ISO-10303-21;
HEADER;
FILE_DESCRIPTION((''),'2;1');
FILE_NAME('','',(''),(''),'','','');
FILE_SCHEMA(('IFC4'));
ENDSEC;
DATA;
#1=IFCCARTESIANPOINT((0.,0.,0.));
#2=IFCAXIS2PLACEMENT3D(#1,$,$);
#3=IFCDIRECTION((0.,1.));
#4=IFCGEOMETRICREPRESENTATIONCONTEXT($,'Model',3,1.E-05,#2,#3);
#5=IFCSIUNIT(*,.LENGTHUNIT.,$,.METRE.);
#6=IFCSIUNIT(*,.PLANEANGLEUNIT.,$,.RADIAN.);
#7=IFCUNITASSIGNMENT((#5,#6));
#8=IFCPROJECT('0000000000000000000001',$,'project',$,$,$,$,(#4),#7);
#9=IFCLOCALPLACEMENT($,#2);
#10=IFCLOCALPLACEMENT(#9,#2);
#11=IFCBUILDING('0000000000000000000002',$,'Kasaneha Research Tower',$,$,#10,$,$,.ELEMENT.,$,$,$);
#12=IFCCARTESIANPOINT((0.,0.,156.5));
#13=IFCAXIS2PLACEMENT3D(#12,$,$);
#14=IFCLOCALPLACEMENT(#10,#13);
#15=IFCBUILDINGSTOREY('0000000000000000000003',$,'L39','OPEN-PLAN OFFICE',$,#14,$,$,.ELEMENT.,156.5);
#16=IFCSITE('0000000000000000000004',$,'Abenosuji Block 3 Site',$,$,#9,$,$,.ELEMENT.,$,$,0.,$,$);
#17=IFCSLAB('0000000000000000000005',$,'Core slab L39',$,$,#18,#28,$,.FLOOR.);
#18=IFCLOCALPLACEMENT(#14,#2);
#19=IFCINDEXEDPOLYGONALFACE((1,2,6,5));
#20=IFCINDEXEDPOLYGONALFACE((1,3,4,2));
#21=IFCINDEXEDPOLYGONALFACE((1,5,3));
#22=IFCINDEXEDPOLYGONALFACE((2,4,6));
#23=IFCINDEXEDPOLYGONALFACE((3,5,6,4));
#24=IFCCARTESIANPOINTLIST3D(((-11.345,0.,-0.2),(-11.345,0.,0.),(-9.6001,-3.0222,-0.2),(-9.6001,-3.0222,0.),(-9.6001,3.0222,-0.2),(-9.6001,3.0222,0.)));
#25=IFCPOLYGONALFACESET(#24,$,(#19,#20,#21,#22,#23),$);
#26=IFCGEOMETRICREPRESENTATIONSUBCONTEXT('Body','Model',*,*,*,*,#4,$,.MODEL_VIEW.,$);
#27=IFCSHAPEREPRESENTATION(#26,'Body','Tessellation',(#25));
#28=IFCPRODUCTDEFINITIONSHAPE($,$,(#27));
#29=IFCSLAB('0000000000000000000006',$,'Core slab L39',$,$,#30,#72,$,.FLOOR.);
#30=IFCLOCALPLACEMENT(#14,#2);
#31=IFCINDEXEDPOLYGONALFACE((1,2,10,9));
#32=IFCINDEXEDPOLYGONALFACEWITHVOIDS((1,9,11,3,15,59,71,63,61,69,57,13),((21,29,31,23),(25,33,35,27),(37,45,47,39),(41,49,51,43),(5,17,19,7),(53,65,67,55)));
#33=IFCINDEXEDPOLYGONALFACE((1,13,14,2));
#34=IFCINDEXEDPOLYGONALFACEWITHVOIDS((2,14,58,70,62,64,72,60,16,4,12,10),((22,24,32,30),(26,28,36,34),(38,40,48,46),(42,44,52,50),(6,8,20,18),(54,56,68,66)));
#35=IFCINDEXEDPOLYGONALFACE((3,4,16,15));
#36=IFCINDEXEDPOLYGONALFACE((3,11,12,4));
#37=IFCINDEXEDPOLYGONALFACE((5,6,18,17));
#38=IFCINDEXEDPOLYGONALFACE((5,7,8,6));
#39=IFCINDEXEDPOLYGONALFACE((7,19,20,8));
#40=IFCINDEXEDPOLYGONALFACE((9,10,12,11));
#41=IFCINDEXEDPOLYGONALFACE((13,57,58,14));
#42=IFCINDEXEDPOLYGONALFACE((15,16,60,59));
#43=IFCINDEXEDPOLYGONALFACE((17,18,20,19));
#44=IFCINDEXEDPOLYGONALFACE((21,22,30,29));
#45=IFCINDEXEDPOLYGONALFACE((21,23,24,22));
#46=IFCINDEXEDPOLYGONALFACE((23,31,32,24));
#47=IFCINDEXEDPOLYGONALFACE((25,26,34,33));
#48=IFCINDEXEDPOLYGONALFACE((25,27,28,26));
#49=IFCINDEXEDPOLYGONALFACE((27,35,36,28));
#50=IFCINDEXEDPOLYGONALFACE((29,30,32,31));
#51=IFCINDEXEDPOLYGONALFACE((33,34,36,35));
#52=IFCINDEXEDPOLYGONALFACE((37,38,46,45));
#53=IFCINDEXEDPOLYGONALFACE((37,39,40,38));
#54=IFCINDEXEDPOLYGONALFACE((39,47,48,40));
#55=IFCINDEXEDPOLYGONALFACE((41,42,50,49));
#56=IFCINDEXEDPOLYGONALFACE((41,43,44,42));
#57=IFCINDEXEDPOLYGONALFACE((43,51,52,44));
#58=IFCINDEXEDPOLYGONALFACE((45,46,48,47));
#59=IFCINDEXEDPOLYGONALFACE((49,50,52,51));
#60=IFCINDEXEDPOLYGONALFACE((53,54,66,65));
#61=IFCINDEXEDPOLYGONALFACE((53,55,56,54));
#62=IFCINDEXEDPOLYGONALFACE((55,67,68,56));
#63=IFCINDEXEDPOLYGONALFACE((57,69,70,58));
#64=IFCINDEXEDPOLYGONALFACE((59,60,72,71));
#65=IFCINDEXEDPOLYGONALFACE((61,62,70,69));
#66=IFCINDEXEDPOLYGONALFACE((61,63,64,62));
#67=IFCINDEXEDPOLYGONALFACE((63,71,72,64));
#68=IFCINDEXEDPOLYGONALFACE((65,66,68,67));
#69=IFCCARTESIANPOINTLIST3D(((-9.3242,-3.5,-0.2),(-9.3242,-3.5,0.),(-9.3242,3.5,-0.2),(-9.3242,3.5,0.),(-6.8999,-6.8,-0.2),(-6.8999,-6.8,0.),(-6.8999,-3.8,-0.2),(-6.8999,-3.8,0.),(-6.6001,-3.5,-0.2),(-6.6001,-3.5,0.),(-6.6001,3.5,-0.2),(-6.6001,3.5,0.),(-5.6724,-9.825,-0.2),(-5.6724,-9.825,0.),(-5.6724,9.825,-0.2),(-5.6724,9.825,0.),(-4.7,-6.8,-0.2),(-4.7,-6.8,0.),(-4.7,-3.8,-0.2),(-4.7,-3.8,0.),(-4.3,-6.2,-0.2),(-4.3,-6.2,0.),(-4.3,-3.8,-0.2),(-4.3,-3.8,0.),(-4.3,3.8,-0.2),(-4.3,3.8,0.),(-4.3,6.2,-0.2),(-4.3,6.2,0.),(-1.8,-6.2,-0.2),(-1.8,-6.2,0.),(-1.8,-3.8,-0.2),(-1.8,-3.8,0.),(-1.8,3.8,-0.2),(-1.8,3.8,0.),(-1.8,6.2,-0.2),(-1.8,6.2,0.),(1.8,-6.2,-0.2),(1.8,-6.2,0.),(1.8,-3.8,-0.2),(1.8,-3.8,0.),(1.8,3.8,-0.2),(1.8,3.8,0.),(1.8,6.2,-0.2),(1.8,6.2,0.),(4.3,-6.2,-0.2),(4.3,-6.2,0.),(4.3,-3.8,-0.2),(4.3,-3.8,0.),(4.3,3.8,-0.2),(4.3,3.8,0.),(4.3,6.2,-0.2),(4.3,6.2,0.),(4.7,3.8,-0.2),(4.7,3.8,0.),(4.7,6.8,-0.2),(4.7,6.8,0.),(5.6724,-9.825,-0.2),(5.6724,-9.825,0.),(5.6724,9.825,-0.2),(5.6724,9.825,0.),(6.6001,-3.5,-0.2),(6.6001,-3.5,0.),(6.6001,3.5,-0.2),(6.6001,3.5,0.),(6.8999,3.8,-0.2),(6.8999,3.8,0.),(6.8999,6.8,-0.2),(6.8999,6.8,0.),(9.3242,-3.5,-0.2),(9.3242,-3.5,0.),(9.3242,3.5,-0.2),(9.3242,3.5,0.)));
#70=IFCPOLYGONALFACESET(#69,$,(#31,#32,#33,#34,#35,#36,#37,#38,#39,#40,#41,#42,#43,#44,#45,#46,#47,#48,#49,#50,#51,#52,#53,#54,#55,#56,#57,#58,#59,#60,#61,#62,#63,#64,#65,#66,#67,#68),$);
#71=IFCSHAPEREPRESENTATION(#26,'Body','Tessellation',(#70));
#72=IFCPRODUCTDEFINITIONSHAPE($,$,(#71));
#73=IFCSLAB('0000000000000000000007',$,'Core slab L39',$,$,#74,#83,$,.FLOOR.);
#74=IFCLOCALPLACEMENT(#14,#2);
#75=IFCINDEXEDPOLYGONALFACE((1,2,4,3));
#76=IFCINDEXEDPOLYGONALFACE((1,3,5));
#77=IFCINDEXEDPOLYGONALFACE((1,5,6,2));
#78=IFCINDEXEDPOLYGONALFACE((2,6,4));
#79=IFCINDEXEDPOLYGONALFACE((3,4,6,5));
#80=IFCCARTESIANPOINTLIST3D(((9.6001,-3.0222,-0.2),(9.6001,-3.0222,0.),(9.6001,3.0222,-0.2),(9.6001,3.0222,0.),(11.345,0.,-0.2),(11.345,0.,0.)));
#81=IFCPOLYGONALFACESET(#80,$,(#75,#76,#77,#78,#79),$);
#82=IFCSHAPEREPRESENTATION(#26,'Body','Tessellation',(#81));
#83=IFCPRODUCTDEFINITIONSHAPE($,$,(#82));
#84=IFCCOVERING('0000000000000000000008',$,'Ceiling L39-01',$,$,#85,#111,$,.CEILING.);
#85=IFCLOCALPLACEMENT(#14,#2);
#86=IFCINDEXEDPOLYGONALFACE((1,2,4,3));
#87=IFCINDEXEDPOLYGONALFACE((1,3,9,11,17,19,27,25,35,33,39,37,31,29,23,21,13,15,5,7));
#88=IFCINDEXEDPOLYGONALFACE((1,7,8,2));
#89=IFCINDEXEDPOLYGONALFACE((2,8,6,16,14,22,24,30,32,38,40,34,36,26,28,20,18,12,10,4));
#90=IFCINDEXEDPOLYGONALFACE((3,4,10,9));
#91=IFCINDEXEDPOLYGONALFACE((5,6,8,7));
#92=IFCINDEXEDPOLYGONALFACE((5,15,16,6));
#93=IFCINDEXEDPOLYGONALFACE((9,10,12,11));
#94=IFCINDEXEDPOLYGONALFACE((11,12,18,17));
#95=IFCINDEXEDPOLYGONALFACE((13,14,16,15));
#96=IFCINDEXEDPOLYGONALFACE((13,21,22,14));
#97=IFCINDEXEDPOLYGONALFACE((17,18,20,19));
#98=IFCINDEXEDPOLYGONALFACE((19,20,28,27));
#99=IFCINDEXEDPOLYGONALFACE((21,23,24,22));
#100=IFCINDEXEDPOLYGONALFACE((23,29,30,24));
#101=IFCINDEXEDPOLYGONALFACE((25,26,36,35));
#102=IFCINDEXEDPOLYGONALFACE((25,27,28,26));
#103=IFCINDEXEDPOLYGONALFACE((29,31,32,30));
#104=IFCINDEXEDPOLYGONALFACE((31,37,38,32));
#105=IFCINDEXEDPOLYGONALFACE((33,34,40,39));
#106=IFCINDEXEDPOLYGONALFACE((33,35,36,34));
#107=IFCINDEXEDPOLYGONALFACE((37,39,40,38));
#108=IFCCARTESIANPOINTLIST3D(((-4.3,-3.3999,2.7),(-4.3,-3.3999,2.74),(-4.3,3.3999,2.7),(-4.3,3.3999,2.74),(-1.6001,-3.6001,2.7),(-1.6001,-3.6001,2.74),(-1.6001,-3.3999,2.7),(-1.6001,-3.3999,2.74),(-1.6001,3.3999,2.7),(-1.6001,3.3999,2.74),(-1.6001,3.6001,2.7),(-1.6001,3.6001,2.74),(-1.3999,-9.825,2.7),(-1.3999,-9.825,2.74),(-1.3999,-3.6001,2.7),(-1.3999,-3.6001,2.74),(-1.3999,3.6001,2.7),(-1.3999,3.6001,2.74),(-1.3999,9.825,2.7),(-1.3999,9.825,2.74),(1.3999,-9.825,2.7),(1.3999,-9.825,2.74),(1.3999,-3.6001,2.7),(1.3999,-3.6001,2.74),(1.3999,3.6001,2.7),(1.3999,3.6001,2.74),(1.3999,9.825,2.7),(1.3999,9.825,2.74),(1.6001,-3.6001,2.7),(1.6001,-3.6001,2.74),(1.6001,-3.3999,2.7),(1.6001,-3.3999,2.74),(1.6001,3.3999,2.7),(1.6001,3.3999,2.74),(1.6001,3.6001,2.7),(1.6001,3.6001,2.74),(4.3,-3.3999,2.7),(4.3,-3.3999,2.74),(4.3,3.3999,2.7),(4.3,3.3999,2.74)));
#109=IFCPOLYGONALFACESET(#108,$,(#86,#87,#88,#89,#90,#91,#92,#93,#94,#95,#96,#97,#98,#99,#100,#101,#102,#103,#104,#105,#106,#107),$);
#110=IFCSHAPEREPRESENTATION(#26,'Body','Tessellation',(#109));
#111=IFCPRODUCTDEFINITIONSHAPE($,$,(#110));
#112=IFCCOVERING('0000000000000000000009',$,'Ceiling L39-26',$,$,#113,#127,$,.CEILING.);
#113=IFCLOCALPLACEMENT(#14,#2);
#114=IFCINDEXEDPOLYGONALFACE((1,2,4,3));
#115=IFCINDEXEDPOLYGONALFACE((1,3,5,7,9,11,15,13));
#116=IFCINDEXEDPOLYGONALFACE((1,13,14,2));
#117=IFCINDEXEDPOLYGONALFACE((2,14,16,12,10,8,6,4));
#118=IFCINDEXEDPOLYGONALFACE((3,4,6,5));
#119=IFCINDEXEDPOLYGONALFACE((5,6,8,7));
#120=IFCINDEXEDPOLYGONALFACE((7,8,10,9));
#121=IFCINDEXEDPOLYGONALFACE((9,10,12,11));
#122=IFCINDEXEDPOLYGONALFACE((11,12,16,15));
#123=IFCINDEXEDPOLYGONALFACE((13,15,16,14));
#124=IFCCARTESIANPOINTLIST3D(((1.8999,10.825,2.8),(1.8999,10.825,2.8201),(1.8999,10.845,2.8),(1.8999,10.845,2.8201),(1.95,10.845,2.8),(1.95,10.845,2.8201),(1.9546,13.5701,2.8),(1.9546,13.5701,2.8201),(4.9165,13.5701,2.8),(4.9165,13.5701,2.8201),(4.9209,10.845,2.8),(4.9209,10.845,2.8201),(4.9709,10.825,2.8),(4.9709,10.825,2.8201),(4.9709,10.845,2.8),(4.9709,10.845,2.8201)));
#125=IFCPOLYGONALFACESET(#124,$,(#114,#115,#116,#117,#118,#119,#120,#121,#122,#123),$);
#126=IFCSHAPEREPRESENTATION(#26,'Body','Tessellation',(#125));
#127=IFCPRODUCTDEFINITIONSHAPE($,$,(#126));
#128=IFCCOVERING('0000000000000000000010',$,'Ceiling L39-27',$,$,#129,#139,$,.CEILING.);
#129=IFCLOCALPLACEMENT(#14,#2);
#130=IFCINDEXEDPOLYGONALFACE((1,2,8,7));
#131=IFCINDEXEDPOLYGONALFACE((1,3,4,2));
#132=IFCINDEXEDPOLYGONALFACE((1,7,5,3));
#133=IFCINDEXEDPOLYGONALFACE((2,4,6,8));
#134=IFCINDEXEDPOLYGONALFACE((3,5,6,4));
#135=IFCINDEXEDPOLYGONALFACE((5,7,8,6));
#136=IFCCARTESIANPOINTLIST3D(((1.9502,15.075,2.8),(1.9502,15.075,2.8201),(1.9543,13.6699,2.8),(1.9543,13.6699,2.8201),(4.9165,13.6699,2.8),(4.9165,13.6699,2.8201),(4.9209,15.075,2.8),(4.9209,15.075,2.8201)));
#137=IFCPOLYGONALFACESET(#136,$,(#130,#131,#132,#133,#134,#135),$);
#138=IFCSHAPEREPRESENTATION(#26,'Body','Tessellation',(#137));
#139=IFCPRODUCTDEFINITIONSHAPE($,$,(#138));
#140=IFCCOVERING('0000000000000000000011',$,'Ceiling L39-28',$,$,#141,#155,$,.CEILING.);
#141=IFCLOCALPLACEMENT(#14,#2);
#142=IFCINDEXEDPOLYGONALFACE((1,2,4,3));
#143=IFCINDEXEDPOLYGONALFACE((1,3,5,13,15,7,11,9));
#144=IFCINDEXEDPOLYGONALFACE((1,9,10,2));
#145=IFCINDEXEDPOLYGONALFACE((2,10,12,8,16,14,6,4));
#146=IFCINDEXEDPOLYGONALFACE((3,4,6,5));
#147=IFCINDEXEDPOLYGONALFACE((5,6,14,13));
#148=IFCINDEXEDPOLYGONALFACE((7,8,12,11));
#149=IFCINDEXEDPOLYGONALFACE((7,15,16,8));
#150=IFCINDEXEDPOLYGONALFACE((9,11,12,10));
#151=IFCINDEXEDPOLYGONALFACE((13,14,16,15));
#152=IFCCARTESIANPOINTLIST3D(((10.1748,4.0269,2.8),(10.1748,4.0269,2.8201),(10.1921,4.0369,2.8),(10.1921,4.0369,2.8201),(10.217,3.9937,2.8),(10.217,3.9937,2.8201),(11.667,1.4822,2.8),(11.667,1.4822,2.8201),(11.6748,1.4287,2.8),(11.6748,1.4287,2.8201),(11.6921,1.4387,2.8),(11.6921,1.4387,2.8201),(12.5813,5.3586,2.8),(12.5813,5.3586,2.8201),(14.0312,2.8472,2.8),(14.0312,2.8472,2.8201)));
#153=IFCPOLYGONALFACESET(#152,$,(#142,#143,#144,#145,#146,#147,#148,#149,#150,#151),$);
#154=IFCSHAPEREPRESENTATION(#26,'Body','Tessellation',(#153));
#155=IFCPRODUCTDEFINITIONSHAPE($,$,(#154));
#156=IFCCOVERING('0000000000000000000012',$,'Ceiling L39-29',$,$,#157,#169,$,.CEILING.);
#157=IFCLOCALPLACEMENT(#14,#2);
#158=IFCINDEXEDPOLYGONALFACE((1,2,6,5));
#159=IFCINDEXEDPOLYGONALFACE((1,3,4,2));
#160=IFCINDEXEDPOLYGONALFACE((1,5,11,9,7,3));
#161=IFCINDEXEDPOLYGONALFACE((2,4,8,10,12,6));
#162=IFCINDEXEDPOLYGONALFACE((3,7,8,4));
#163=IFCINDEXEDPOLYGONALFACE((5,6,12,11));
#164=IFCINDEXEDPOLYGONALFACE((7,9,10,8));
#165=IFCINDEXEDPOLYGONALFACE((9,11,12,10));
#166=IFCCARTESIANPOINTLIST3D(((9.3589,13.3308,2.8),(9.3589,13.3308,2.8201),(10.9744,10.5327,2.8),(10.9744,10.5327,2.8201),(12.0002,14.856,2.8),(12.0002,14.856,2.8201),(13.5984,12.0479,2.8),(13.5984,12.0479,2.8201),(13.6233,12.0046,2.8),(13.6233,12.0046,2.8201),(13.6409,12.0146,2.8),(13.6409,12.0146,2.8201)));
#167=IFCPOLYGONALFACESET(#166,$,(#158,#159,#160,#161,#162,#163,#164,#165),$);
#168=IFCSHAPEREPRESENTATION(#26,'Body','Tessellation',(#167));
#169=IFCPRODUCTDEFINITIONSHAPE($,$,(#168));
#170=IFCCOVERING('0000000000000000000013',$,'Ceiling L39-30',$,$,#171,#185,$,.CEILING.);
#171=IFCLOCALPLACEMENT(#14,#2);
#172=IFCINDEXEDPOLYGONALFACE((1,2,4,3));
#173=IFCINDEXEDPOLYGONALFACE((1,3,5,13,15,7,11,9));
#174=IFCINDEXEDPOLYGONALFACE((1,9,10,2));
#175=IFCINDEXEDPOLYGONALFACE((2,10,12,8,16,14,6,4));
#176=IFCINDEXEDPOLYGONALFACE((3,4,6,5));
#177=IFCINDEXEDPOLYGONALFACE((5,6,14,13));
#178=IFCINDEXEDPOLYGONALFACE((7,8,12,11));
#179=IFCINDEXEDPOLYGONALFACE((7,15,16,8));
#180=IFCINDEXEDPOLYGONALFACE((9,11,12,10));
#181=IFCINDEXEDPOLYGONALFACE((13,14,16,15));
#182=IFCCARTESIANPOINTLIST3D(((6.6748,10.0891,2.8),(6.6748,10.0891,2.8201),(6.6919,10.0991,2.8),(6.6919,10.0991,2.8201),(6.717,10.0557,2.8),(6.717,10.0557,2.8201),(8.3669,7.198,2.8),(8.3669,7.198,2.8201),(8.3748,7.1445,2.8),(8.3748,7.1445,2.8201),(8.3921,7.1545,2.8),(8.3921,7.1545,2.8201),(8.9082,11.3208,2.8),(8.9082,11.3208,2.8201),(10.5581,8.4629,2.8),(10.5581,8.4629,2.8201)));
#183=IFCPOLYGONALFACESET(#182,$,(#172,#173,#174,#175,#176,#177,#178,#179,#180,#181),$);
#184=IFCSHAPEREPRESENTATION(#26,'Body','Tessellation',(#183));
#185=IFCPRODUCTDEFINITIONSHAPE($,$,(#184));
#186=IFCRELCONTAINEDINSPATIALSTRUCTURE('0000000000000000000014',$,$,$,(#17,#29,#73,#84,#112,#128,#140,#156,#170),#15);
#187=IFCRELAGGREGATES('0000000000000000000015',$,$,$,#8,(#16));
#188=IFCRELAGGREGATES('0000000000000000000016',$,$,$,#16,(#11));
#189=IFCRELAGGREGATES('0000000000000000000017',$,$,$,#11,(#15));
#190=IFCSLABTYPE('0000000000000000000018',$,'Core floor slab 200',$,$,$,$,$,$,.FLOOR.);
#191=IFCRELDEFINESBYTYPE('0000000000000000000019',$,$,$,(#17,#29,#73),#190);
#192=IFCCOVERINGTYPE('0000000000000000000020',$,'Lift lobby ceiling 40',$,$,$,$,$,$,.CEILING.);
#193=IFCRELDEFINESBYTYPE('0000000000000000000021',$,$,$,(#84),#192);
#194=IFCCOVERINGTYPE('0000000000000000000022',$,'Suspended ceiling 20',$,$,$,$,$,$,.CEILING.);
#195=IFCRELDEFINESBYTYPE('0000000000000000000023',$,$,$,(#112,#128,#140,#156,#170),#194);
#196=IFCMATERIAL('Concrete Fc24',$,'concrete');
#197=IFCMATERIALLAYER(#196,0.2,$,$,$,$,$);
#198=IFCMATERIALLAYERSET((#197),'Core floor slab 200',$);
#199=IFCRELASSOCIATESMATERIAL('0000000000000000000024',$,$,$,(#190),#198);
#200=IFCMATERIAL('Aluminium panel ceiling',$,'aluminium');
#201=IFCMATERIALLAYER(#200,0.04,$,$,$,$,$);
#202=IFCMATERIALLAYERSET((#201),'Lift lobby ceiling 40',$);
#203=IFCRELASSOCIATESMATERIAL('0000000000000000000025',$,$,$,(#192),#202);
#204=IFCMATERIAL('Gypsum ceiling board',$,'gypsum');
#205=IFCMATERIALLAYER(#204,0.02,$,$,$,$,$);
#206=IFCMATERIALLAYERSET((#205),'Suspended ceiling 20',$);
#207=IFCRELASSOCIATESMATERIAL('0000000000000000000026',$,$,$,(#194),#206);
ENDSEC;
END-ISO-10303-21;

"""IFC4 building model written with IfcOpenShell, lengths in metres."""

from ifc_helpers import new_model, si_unit, direction, frame, origin, place, context, subcontext, project, spatial, polyline, outline, extrude, material, layer, layer_set, type_object, element, save


model = new_model("IFC4")

# Units and contexts
model_context = context("Model", 3, precision=1e-05, world=origin(), true_north=direction((0.0, 1.0)))
body_context = subcontext(model_context, "Body", "Model", "MODEL_VIEW")
ifc_project = project(units=[si_unit("LENGTHUNIT", "METRE"), si_unit("PLANEANGLEUNIT", "RADIAN")], contexts=[model_context])

# Site, building, storey
site_placement = place(None, origin())
site = spatial("IfcSite", under=ifc_project, at=site_placement, Name="Abenosuji Block 3 Site", CompositionType="ELEMENT", RefElevation=0.0)
building_placement = place(site_placement, origin())
building = spatial("IfcBuilding", under=site, at=building_placement, Name="Kasaneha Research Tower", CompositionType="ELEMENT")
storey_placement = place(building_placement, frame((0.0, 0.0, 156.5)))
storey = spatial("IfcBuildingStorey", under=building, at=storey_placement, Name="L39", Description="OPEN-PLAN OFFICE", CompositionType="ELEMENT", Elevation=156.5)

# Slabs
ifc_material_1 = material(Name="Concrete Fc24", Category="concrete")
ifc_layer_1 = layer(ifc_material_1, 0.2)
ifc_layer_set_1 = layer_set([ifc_layer_1], Name="Core floor slab 200")
slab_type = type_object("IfcSlabType", Name="Core floor slab 200", PredefinedType="FLOOR", material=ifc_layer_set_1)
slab_1_placement = place(storey_placement, frame((0.0, 0.0, -0.2)))
element("IfcSlab", 1, at=slab_1_placement, inside=storey, type_object=slab_type, Name="Core slab L39", PredefinedType="FLOOR", context=body_context, shape_type="SweptSolid", body=[
    extrude(outline(polyline([(-11.345, 0.0), (-9.6001, 3.0222), (-9.6001, -3.0222), (-11.345, 0.0)])), origin(), (0.0, 0.0, 1.0), 0.2),
])
slab_2_placement = place(storey_placement, frame((0.0, 0.0, -0.2)))
element("IfcSlab", 2, at=slab_2_placement, inside=storey, type_object=slab_type, Name="Core slab L39", PredefinedType="FLOOR", context=body_context, shape_type="SweptSolid", body=[
    extrude(outline(polyline([(-5.6724, 9.825), (5.6724, 9.825), (9.3242, 3.5), (6.6001, 3.5), (6.6001, -3.5), (9.3242, -3.5), (5.6724, -9.825), (-5.6724, -9.825), (-9.3242, -3.5), (-6.6001, -3.5), (-6.6001, 3.5), (-9.3242, 3.5), (-5.6724, 9.825)]), holes=[polyline([(-6.8999, -3.8), (-6.8999, -6.8), (-4.7, -6.8), (-4.7, -3.8), (-6.8999, -3.8)]), polyline([(-4.3, -3.8), (-4.3, -6.2), (-1.8, -6.2), (-1.8, -3.8), (-4.3, -3.8)]), polyline([(1.8, -3.8), (1.8, -6.2), (4.3, -6.2), (4.3, -3.8), (1.8, -3.8)]), polyline([(-4.3, 6.2), (-4.3, 3.8), (-1.8, 3.8), (-1.8, 6.2), (-4.3, 6.2)]), polyline([(1.8, 6.2), (1.8, 3.8), (4.3, 3.8), (4.3, 6.2), (1.8, 6.2)]), polyline([(4.7, 6.8), (4.7, 3.8), (6.8999, 3.8), (6.8999, 6.8), (4.7, 6.8)])]), origin(), (0.0, 0.0, 1.0), 0.2),
])
slab_3_placement = place(storey_placement, frame((0.0, 0.0, -0.2)))
element("IfcSlab", 3, at=slab_3_placement, inside=storey, type_object=slab_type, Name="Core slab L39", PredefinedType="FLOOR", context=body_context, shape_type="SweptSolid", body=[
    extrude(outline(polyline([(11.345, 0.0), (9.6001, -3.0222), (9.6001, 3.0222), (11.345, 0.0)])), origin(), (0.0, 0.0, 1.0), 0.2),
])

# Coverings
ifc_material_2 = material(Name="Aluminium panel ceiling", Category="aluminium")
ifc_layer_2 = layer(ifc_material_2, 0.04)
ifc_layer_set_2 = layer_set([ifc_layer_2], Name="Lift lobby ceiling 40")
covering_type_1 = type_object("IfcCoveringType", Name="Lift lobby ceiling 40", PredefinedType="CEILING", material=ifc_layer_set_2)
covering_1_placement = place(storey_placement, frame((0.0, 0.0, 2.7)))
element("IfcCovering", 4, at=covering_1_placement, inside=storey, type_object=covering_type_1, Name="Ceiling L39-01", PredefinedType="CEILING", context=body_context, shape_type="SweptSolid", body=[
    extrude(outline(polyline([(1.3999, 9.825), (1.3999, 3.6001), (1.6001, 3.6001), (1.6001, 3.3999), (4.3, 3.3999), (4.3, -3.3999), (1.6001, -3.3999), (1.6001, -3.6001), (1.3999, -3.6001), (1.3999, -9.825), (-1.3999, -9.825), (-1.3999, -3.6001), (-1.6001, -3.6001), (-1.6001, -3.3999), (-4.3, -3.3999), (-4.3, 3.3999), (-1.6001, 3.3999), (-1.6001, 3.6001), (-1.3999, 3.6001), (-1.3999, 9.825), (1.3999, 9.825)])), origin(), (0.0, 0.0, 1.0), 0.04),
])
ifc_material_3 = material(Name="Gypsum ceiling board", Category="gypsum")
ifc_layer_3 = layer(ifc_material_3, 0.02)
ifc_layer_set_3 = layer_set([ifc_layer_3], Name="Suspended ceiling 20")
covering_type_2 = type_object("IfcCoveringType", Name="Suspended ceiling 20", PredefinedType="CEILING", material=ifc_layer_set_3)
covering_2_placement = place(storey_placement, frame((0.0, 0.0, 2.8)))
element("IfcCovering", 5, at=covering_2_placement, inside=storey, type_object=covering_type_2, Name="Ceiling L39-26", PredefinedType="CEILING", context=body_context, shape_type="SweptSolid", body=[
    extrude(outline(polyline([(1.8999, 10.825), (1.8999, 10.845), (1.95, 10.845), (1.9546, 13.5701), (4.9165, 13.5701), (4.9209, 10.845), (4.9709, 10.845), (4.9709, 10.825), (1.8999, 10.825)])), origin(), (0.0, 0.0, 1.0), 0.02),
])
covering_3_placement = place(storey_placement, frame((0.0, 0.0, 2.8)))
element("IfcCovering", 6, at=covering_3_placement, inside=storey, type_object=covering_type_2, Name="Ceiling L39-27", PredefinedType="CEILING", context=body_context, shape_type="SweptSolid", body=[
    extrude(outline(polyline([(4.9165, 13.6699), (1.9543, 13.6699), (1.9502, 15.075), (4.9209, 15.075), (4.9165, 13.6699)])), origin(), (0.0, 0.0, 1.0), 0.02),
])
covering_4_placement = place(storey_placement, frame((0.0, 0.0, 2.8)))
element("IfcCovering", 7, at=covering_4_placement, inside=storey, type_object=covering_type_2, Name="Ceiling L39-28", PredefinedType="CEILING", context=body_context, shape_type="SweptSolid", body=[
    extrude(outline(polyline([(10.1748, 4.0269), (10.1921, 4.0369), (10.217, 3.9937), (12.5813, 5.3586), (14.0312, 2.8472), (11.667, 1.4822), (11.6921, 1.4387), (11.6748, 1.4287), (10.1748, 4.0269)])), origin(), (0.0, 0.0, 1.0), 0.02),
])
covering_5_placement = place(storey_placement, frame((0.0, 0.0, 2.8)))
element("IfcCovering", 8, at=covering_5_placement, inside=storey, type_object=covering_type_2, Name="Ceiling L39-29", PredefinedType="CEILING", context=body_context, shape_type="SweptSolid", body=[
    extrude(outline(polyline([(13.6409, 12.0146), (13.6233, 12.0046), (13.5984, 12.0479), (10.9744, 10.5327), (9.3589, 13.3308), (12.0002, 14.856), (13.6409, 12.0146)])), origin(), (0.0, 0.0, 1.0), 0.02),
])
covering_6_placement = place(storey_placement, frame((0.0, 0.0, 2.8)))
element("IfcCovering", 9, at=covering_6_placement, inside=storey, type_object=covering_type_2, Name="Ceiling L39-30", PredefinedType="CEILING", context=body_context, shape_type="SweptSolid", body=[
    extrude(outline(polyline([(6.6748, 10.0891), (6.6919, 10.0991), (6.717, 10.0557), (8.9082, 11.3208), (10.5581, 8.4629), (8.3669, 7.198), (8.3921, 7.1545), (8.3748, 7.1445), (6.6748, 10.0891)])), origin(), (0.0, 0.0, 1.0), 0.02),
])

save(model, "model.ifc")
